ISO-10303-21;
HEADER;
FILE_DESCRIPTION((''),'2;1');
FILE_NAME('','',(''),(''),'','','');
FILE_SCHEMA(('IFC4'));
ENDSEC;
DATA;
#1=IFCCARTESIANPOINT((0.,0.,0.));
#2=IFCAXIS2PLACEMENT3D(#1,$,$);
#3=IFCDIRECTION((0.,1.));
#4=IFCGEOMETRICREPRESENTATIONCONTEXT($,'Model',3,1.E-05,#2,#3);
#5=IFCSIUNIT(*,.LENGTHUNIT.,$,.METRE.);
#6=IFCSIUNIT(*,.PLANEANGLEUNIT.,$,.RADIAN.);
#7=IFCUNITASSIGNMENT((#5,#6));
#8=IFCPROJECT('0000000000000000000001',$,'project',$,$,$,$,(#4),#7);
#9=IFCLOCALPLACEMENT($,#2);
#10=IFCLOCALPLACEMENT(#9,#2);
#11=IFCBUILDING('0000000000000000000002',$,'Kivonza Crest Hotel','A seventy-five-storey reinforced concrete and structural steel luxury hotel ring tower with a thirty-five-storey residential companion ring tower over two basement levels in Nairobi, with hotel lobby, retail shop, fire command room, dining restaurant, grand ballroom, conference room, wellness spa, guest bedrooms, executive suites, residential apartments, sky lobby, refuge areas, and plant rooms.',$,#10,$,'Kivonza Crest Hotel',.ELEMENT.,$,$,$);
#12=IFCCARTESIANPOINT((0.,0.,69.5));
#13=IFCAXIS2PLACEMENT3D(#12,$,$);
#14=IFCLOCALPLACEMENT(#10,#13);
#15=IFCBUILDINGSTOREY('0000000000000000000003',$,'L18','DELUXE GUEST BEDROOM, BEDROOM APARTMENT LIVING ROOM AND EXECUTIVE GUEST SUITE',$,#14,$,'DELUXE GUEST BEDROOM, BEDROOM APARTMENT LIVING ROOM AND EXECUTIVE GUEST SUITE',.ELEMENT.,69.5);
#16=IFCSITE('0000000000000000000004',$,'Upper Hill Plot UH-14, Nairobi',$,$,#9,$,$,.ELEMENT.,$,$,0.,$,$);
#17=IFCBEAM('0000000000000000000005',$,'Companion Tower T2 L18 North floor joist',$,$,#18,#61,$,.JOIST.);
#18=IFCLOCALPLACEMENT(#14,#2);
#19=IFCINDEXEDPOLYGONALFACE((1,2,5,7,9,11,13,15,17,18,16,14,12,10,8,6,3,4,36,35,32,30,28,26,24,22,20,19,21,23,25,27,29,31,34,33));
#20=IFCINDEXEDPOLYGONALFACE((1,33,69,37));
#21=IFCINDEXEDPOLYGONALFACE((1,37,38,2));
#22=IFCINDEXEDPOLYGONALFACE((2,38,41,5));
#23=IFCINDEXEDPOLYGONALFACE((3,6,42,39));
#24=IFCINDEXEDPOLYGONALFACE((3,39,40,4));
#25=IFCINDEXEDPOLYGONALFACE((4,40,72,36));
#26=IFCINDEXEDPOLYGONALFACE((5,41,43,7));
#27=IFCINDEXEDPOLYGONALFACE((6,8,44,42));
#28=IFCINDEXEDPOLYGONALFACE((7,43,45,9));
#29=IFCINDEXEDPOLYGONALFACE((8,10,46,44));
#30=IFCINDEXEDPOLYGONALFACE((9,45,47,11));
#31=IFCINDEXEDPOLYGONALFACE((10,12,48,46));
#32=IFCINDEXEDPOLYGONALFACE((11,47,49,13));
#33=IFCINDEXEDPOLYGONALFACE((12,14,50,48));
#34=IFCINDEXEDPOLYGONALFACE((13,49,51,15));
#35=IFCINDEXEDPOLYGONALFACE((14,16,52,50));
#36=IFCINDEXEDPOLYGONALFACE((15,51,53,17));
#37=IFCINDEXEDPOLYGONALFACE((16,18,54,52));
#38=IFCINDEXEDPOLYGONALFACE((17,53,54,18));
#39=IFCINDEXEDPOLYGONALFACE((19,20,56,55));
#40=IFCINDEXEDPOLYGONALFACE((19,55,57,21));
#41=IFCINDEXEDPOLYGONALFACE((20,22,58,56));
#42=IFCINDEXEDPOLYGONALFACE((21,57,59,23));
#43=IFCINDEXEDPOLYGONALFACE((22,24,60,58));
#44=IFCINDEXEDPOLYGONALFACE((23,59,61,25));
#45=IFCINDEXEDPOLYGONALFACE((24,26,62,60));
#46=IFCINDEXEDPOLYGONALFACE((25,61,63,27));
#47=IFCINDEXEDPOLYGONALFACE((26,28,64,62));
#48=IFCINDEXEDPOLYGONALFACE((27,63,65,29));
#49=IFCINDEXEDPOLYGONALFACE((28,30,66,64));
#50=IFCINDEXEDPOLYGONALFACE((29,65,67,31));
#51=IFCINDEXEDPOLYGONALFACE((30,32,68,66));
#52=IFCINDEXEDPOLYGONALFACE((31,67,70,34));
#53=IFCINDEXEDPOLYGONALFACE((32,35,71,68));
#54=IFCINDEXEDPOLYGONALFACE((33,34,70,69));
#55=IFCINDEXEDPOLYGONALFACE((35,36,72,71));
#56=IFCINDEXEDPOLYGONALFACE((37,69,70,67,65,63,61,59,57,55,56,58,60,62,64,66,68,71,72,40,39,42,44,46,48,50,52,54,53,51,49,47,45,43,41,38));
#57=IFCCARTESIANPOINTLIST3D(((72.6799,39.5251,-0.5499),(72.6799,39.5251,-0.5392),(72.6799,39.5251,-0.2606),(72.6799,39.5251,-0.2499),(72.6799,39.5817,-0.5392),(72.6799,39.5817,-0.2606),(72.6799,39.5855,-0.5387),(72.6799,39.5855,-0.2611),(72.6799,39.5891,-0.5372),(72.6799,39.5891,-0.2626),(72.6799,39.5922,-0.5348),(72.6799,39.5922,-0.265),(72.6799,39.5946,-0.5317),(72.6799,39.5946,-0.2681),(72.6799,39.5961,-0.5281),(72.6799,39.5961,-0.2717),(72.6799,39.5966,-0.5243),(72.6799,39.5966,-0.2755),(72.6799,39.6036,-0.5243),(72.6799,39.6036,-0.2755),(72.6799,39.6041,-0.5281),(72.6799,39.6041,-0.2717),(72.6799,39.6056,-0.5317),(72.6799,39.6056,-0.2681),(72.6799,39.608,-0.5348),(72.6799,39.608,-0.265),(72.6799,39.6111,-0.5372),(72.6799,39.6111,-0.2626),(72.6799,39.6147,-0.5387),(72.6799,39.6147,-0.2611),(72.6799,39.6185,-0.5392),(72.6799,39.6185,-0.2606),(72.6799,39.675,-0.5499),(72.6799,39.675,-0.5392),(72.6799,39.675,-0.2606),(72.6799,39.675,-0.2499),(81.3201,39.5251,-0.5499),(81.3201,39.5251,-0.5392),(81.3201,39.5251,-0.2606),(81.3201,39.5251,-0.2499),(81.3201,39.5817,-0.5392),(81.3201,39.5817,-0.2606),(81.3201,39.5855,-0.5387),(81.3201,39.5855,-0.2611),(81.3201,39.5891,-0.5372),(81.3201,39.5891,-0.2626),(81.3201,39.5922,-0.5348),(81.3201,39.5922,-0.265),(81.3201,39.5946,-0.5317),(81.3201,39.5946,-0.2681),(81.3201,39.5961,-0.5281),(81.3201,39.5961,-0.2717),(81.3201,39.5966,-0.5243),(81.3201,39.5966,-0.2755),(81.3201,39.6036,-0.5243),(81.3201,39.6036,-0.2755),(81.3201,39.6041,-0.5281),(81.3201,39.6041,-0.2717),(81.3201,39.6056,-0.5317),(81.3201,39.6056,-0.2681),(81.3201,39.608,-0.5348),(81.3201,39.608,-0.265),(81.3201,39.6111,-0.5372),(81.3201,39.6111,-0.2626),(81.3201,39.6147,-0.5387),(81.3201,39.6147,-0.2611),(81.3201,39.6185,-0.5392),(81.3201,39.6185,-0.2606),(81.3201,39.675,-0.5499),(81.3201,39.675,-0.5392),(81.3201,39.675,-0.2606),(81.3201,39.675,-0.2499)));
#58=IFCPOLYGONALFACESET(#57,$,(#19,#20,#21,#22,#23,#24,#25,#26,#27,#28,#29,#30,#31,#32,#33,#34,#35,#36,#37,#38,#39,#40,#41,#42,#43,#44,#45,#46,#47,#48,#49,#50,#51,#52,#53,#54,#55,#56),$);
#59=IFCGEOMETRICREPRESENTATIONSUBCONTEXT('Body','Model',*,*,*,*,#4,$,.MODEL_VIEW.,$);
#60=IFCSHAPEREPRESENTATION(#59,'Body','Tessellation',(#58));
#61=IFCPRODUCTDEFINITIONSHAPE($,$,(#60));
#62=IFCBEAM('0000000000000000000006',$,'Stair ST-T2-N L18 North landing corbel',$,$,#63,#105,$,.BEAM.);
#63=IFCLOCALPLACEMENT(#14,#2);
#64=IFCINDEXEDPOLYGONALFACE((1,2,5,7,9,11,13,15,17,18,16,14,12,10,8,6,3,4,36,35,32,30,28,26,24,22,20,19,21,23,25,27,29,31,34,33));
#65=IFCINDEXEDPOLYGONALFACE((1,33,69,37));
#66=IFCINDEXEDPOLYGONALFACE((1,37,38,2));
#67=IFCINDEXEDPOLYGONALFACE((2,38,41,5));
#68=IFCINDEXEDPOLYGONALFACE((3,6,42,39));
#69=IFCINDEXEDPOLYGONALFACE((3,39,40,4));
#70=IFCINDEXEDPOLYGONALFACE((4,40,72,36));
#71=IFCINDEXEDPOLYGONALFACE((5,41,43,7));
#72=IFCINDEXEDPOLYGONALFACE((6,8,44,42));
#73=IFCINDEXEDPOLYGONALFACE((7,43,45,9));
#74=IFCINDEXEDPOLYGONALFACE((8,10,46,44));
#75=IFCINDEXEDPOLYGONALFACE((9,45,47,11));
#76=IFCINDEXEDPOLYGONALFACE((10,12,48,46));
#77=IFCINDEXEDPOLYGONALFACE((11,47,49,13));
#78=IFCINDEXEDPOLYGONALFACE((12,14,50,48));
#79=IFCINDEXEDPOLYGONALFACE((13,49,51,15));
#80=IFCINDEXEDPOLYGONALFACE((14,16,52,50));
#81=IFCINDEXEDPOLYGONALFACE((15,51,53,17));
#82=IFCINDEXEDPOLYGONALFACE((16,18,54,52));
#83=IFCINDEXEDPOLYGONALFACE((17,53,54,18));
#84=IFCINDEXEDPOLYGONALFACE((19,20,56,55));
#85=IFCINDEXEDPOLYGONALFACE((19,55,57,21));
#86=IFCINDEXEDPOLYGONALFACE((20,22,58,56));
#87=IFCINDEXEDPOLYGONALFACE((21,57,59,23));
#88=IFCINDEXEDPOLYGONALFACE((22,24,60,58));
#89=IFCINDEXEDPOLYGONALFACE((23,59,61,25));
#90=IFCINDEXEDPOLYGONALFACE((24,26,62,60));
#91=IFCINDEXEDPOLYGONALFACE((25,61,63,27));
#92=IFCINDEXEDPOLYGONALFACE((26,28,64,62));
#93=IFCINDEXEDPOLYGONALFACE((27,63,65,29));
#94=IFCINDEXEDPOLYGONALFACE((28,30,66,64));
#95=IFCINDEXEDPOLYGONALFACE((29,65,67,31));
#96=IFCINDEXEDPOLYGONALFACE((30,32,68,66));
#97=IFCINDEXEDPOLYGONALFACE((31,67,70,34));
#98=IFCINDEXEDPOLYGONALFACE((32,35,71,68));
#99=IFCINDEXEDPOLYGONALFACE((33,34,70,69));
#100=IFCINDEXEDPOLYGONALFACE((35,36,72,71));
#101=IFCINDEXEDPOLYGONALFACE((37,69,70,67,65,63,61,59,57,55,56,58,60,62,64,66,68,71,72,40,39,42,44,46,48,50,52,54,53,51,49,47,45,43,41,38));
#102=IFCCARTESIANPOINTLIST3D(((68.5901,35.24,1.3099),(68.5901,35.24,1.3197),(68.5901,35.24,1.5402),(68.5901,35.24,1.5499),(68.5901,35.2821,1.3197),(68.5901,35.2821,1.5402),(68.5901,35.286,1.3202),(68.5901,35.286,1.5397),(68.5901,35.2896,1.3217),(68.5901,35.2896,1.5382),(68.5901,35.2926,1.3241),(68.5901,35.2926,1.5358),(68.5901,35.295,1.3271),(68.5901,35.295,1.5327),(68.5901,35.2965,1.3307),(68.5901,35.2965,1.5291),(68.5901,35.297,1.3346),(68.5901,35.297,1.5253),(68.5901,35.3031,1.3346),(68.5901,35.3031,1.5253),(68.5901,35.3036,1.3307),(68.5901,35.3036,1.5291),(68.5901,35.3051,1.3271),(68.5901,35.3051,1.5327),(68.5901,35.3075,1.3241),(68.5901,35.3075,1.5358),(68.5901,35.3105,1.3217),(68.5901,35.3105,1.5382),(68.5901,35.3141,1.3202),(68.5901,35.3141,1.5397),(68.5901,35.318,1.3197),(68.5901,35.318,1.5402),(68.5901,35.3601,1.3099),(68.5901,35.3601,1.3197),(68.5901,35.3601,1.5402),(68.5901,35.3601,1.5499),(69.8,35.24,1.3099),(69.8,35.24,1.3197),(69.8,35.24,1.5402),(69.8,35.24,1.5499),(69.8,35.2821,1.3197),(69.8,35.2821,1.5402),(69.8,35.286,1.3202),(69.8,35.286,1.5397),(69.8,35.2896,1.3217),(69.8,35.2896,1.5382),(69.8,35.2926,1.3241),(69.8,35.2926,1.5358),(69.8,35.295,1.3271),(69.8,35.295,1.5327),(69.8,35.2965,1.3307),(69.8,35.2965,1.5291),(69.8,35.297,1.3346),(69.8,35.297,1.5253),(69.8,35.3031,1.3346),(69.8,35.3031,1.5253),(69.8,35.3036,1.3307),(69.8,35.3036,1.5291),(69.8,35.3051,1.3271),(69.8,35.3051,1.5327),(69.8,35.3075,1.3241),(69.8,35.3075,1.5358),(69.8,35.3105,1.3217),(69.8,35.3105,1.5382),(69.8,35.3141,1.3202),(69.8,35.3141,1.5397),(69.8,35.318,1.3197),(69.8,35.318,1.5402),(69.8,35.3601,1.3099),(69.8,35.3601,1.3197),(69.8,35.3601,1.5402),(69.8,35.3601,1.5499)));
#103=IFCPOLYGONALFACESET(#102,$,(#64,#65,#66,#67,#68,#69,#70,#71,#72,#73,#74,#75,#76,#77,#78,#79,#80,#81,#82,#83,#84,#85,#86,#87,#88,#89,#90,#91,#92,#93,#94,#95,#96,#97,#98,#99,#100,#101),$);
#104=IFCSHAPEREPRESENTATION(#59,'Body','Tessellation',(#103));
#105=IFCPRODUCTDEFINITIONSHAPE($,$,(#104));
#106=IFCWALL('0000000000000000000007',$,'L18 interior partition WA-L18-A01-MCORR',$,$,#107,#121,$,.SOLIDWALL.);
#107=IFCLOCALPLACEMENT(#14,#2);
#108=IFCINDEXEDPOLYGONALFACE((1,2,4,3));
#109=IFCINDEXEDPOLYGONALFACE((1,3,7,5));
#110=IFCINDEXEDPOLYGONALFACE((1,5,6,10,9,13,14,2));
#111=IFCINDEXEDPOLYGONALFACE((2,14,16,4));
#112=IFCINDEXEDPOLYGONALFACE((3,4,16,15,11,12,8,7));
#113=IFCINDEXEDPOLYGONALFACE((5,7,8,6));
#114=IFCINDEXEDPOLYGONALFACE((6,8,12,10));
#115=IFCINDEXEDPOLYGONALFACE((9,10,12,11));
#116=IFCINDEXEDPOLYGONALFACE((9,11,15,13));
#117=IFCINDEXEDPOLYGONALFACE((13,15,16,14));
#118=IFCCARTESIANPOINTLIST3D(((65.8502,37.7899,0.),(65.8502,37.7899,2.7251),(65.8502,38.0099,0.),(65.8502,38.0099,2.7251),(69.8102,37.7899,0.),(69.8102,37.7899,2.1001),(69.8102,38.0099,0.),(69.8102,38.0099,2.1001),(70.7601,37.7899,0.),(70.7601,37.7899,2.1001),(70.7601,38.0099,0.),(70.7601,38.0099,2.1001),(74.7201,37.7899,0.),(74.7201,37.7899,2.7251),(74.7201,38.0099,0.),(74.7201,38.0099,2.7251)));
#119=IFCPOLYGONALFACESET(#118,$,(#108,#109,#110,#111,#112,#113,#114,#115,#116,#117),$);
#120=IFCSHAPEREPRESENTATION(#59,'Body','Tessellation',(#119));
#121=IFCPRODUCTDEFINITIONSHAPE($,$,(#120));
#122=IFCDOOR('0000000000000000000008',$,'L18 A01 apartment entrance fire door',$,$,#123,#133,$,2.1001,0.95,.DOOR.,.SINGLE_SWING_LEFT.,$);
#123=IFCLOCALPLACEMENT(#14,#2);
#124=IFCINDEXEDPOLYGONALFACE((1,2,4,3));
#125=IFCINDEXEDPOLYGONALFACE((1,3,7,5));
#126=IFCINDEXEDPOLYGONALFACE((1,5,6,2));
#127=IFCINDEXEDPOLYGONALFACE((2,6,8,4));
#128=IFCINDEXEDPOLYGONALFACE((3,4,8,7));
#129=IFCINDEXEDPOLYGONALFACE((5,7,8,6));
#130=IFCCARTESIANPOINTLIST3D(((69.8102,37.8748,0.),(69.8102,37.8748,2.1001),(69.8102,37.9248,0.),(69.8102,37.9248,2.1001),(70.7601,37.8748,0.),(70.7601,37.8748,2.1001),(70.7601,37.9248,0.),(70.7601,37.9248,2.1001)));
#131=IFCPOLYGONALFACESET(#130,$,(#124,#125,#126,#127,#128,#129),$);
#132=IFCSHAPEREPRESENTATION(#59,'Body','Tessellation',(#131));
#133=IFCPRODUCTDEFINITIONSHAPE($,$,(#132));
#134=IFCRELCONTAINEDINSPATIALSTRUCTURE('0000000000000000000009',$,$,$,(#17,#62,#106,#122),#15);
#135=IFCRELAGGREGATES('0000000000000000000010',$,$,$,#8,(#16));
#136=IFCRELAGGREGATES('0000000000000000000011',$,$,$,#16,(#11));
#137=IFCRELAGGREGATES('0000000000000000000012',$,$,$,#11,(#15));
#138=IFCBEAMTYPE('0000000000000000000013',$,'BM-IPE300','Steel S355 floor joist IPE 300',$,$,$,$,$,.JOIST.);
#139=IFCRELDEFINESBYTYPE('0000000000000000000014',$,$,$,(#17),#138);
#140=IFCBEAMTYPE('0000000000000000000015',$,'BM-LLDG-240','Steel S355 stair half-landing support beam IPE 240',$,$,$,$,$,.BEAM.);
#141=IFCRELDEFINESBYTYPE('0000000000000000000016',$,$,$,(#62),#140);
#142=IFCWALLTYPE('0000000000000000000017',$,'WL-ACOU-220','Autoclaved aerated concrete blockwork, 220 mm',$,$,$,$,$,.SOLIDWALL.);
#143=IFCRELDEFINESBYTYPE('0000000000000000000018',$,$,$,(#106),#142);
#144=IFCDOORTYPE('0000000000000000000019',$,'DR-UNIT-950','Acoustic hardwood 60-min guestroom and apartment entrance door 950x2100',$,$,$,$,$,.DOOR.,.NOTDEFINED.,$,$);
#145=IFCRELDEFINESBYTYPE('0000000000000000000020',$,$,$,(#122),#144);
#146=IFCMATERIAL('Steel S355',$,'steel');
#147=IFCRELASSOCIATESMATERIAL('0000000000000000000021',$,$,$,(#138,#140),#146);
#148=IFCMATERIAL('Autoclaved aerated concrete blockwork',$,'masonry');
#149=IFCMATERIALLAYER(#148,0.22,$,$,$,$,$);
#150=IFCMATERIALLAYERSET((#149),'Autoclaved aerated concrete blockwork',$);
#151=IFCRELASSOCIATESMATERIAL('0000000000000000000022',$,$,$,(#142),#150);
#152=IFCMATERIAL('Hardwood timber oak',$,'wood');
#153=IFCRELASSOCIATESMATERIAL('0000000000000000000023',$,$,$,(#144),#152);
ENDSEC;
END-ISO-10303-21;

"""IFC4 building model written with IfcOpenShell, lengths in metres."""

from ifc_helpers import new_model, si_unit, direction, frame, frame_2d, origin, origin_2d, place, context, subcontext, project, spatial, rectangle, i_section, extrude, material, layer, layer_set, material_profile, profile_set, type_object, element, fill, save


model = new_model("IFC4")

# Units and contexts
model_context = context("Model", 3, precision=1e-05, world=origin(), true_north=direction((0.0, 1.0)))
body_context = subcontext(model_context, "Body", "Model", "MODEL_VIEW")
ifc_project = project(units=[si_unit("LENGTHUNIT", "METRE"), si_unit("PLANEANGLEUNIT", "RADIAN")], contexts=[model_context])

# Site, building, storey
site_placement = place(None, origin())
site = spatial("IfcSite", under=ifc_project, at=site_placement, Name="Upper Hill Plot UH-14, Nairobi", CompositionType="ELEMENT", RefElevation=0.0)
building_placement = place(site_placement, origin())
building = spatial("IfcBuilding", under=site, at=building_placement, Name="Kivonza Crest Hotel", Description="A seventy-five-storey reinforced concrete and structural steel luxury hotel ring tower with a thirty-five-storey residential companion ring tower over two basement levels in Nairobi, with hotel lobby, retail shop, fire command room, dining restaurant, grand ballroom, conference room, wellness spa, guest bedrooms, executive suites, residential apartments, sky lobby, refuge areas, and plant rooms.", LongName="Kivonza Crest Hotel", CompositionType="ELEMENT")
storey_placement = place(building_placement, frame((0.0, 0.0, 69.5)))
storey = spatial("IfcBuildingStorey", under=building, at=storey_placement, Name="L18", Description="DELUXE GUEST BEDROOM, BEDROOM APARTMENT LIVING ROOM AND EXECUTIVE GUEST SUITE", LongName="DELUXE GUEST BEDROOM, BEDROOM APARTMENT LIVING ROOM AND EXECUTIVE GUEST SUITE", CompositionType="ELEMENT", Elevation=69.5)

# Beams
ifc_material_1 = material(Name="Steel S355", Category="steel")
ifc_material_profile_1 = material_profile(ifc_material_1, i_section(OverallWidth=0.1499, OverallDepth=0.3, WebThickness=0.0071, FlangeThickness=0.0107, FilletRadius=0.0149, at=origin_2d()), Name="IPE 300")
ifc_profile_set_1 = profile_set([ifc_material_profile_1], Name="Steel S355")
beam_type_1 = type_object("IfcBeamType", Name="BM-IPE300", Description="Steel S355 floor joist IPE 300", PredefinedType="JOIST", material=ifc_profile_set_1)
beam_1_placement = place(storey_placement, frame((72.6799, 39.6001, -0.3999), z_axis=(1.0, 0.0, 0.0), x_axis=(0.0, 1.0, 0.0)))
element("IfcBeam", 1, at=beam_1_placement, inside=storey, type_object=beam_type_1, Name="Companion Tower T2 L18 North floor joist", PredefinedType="JOIST", context=body_context, shape_type="SweptSolid", body=[
    extrude(i_section(OverallWidth=0.1499, OverallDepth=0.3, WebThickness=0.0071, FlangeThickness=0.0107, FilletRadius=0.0149, at=origin_2d()), origin(), (0.0, 0.0, 1.0), 8.6401),
])
ifc_material_profile_2 = material_profile(ifc_material_1, i_section(OverallWidth=0.1201, OverallDepth=0.24, WebThickness=0.0061, FlangeThickness=0.0098, FilletRadius=0.0149, at=origin_2d()), Name="IPE 240")
ifc_profile_set_2 = profile_set([ifc_material_profile_2], Name="Steel S355")
beam_type_2 = type_object("IfcBeamType", Name="BM-LLDG-240", Description="Steel S355 stair half-landing support beam IPE 240", PredefinedType="BEAM", material=ifc_profile_set_2)
beam_2_placement = place(storey_placement, frame((68.5901, 35.3, 1.4299), z_axis=(1.0, 0.0, 0.0), x_axis=(0.0, 1.0, 0.0)))
element("IfcBeam", 2, at=beam_2_placement, inside=storey, type_object=beam_type_2, Name="Stair ST-T2-N L18 North landing corbel", PredefinedType="BEAM", context=body_context, shape_type="SweptSolid", body=[
    extrude(i_section(OverallWidth=0.1201, OverallDepth=0.24, WebThickness=0.0061, FlangeThickness=0.0098, FilletRadius=0.0149, at=origin_2d()), origin(), (0.0, 0.0, 1.0), 1.21),
])

# Wall, opening, door
ifc_material_2 = material(Name="Autoclaved aerated concrete blockwork", Category="masonry")
ifc_layer_1 = layer(ifc_material_2, 0.22)
ifc_layer_set_1 = layer_set([ifc_layer_1], Name="Autoclaved aerated concrete blockwork")
wall_type_1 = type_object("IfcWallType", Name="WL-ACOU-220", Description="Autoclaved aerated concrete blockwork, 220 mm", PredefinedType="SOLIDWALL", material=ifc_layer_set_1)
wall_1_placement = place(storey_placement, frame((65.8501, 37.8999, 0.0), z_axis=(0.0, 0.0, 1.0), x_axis=(1.0, 0.0, 0.0)))
wall_1 = element("IfcWall", 3, at=wall_1_placement, inside=storey, type_object=wall_type_1, Name="L18 interior partition WA-L18-A01-MCORR", PredefinedType="SOLIDWALL", context=body_context, shape_type="SweptSolid", body=[
    extrude(rectangle(XDim=8.8699, YDim=0.22, at=frame_2d((4.4351, 0.0))), origin(), (0.0, 0.0, 1.0), 2.7251),
])
opening_1_placement = place(wall_1_placement, frame((3.96, 0.0, 0.0)))
opening_1 = element("IfcOpeningElement", 4, at=opening_1_placement, cuts=wall_1, PredefinedType="OPENING", context=body_context, shape_type="SweptSolid", body=[
    extrude(rectangle(XDim=0.95, YDim=2.1001, at=frame_2d((0.4751, 1.05))), frame((0.0, 0.1201, 0.0), z_axis=(0.0, -1.0, 0.0), x_axis=(1.0, 0.0, 0.0)), (0.0, 0.0, 1.0), 0.24),
])
ifc_material_3 = material(Name="Hardwood timber oak", Category="wood")
door_type_1 = type_object("IfcDoorType", Name="DR-UNIT-950", Description="Acoustic hardwood 60-min guestroom and apartment entrance door 950x2100", OperationType="NOTDEFINED", PredefinedType="DOOR", material=ifc_material_3)
door_1_placement = place(opening_1_placement, origin())
door_1 = element("IfcDoor", 5, at=door_1_placement, inside=storey, type_object=door_type_1, Name="L18 A01 apartment entrance fire door", OperationType="SINGLE_SWING_LEFT", OverallHeight=2.1001, OverallWidth=0.95, PredefinedType="DOOR", context=body_context, shape_type="SweptSolid", body=[
    extrude(rectangle(XDim=0.95, YDim=2.1001, at=frame_2d((0.4751, 1.05))), frame((0.0, 0.0249, 0.0), z_axis=(0.0, -1.0, 0.0), x_axis=(1.0, 0.0, 0.0)), (0.0, 0.0, 1.0), 0.05),
])
fill(opening_1, door_1)

save(model, "model.ifc")
